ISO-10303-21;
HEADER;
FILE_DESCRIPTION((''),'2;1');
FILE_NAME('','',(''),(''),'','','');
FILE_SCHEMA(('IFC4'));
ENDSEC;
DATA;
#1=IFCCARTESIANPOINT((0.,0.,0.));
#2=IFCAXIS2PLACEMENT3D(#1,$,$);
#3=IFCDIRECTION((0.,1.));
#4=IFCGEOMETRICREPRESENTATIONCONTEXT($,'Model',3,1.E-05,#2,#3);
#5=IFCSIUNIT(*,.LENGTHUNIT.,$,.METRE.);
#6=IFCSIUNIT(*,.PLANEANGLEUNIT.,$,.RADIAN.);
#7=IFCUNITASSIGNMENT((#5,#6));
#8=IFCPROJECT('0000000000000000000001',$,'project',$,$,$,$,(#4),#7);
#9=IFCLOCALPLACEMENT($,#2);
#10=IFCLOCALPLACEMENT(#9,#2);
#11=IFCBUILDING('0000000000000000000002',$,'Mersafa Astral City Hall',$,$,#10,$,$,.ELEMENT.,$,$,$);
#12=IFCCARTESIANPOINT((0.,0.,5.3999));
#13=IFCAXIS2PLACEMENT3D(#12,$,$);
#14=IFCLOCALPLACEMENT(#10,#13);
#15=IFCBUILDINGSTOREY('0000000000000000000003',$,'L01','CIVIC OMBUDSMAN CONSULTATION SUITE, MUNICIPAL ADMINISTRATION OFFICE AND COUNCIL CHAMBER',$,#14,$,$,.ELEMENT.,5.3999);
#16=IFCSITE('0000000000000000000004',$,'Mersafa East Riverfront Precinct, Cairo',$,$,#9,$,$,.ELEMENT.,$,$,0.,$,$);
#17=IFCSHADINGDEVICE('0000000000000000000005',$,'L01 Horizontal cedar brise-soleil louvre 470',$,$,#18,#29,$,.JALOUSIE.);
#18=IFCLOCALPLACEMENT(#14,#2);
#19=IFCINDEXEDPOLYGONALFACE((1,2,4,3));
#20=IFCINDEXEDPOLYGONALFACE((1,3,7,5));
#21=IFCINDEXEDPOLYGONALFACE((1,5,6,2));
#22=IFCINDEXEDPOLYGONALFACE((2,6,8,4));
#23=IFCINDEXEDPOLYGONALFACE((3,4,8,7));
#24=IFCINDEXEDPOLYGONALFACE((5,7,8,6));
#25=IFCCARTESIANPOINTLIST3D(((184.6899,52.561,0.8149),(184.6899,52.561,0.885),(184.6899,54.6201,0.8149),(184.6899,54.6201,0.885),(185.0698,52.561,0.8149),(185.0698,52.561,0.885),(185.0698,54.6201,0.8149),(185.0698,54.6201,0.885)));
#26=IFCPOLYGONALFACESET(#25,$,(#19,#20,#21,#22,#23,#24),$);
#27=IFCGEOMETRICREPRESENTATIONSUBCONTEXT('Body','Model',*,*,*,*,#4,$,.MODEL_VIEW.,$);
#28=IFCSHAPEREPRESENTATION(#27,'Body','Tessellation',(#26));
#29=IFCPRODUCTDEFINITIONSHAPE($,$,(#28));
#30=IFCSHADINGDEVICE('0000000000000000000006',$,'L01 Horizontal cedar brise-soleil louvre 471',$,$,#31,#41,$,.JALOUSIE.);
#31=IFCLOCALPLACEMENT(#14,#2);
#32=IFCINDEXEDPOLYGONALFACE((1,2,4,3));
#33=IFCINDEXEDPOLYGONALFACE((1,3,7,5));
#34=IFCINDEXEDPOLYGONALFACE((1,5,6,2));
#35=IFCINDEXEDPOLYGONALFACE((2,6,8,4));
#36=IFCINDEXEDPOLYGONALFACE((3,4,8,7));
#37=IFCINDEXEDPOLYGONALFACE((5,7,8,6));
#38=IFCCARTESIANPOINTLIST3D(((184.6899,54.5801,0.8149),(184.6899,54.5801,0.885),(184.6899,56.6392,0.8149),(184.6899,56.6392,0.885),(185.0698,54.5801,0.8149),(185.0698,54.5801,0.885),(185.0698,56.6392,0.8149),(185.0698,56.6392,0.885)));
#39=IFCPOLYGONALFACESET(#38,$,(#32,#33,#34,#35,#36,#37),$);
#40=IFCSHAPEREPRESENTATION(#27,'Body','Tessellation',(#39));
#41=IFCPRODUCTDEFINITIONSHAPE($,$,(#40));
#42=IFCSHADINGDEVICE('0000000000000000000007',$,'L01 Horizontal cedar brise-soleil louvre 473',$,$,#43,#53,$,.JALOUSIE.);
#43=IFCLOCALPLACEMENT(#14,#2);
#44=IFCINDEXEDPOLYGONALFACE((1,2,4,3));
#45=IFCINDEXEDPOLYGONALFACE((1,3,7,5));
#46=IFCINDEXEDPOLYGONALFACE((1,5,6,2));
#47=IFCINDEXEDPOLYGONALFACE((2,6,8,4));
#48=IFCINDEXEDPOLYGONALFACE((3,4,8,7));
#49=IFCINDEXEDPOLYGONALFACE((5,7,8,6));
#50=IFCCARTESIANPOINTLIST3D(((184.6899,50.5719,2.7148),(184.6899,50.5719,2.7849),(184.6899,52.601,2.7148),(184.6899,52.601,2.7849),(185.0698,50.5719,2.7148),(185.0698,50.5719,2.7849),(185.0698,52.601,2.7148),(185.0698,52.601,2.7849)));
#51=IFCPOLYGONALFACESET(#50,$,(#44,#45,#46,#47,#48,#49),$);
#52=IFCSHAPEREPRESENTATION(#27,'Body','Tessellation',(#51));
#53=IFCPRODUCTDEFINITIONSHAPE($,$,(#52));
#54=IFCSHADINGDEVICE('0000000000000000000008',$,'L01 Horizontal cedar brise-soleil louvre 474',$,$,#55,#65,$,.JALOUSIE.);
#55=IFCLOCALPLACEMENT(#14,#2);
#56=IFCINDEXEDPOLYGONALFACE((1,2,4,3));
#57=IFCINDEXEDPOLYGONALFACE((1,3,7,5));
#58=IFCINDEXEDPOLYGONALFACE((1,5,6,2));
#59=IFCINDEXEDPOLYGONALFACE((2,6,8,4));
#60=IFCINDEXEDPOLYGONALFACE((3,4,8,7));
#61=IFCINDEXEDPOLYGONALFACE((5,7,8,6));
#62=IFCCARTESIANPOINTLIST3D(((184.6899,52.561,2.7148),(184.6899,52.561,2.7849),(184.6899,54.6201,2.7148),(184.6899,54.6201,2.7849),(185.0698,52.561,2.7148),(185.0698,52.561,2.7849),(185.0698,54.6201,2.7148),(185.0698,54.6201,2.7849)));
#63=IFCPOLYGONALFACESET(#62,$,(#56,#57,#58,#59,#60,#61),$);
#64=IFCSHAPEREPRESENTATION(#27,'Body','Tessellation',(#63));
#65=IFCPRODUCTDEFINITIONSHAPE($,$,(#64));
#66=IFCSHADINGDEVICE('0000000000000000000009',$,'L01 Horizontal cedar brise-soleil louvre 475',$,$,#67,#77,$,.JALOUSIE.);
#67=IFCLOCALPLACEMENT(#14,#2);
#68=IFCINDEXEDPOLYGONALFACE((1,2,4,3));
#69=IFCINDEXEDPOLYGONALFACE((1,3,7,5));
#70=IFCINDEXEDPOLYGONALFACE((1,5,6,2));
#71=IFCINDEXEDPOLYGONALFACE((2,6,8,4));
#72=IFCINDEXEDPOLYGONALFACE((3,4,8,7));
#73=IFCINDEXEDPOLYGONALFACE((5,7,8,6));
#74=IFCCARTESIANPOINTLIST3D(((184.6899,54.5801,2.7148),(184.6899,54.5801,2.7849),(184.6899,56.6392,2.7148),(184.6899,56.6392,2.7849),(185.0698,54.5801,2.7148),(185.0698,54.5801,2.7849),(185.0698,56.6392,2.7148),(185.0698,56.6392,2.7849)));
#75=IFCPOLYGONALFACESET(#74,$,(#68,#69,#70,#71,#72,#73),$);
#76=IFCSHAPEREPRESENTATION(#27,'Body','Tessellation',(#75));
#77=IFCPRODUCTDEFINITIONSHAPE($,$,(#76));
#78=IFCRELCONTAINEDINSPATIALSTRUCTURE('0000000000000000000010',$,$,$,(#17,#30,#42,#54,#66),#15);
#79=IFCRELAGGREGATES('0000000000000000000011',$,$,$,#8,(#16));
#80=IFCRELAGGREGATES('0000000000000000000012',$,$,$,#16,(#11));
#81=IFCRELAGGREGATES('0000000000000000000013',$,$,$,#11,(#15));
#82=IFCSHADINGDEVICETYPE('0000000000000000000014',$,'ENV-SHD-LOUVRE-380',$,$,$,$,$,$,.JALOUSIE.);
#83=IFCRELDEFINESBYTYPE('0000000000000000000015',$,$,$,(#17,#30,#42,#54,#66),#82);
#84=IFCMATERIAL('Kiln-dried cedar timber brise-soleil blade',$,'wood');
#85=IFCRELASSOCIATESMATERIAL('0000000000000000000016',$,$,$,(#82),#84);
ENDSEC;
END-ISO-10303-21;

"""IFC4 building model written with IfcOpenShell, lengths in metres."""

from ifc_helpers import new_model, si_unit, direction, frame, origin, origin_2d, place, context, subcontext, project, spatial, rectangle, extrude, material, type_object, element, save


model = new_model("IFC4")

# Units and contexts
model_context = context("Model", 3, precision=1e-05, world=origin(), true_north=direction((0.0, 1.0)))
body_context = subcontext(model_context, "Body", "Model", "MODEL_VIEW")
ifc_project = project(units=[si_unit("LENGTHUNIT", "METRE"), si_unit("PLANEANGLEUNIT", "RADIAN")], contexts=[model_context])

# Site, building, storey
site_placement = place(None, origin())
site = spatial("IfcSite", under=ifc_project, at=site_placement, Name="Mersafa East Riverfront Precinct, Cairo", CompositionType="ELEMENT", RefElevation=0.0)
building_placement = place(site_placement, origin())
building = spatial("IfcBuilding", under=site, at=building_placement, Name="Mersafa Astral City Hall", CompositionType="ELEMENT")
storey_placement = place(building_placement, frame((0.0, 0.0, 5.3999)))
storey = spatial("IfcBuildingStorey", under=building, at=storey_placement, Name="L01", Description="CIVIC OMBUDSMAN CONSULTATION SUITE, MUNICIPAL ADMINISTRATION OFFICE AND COUNCIL CHAMBER", CompositionType="ELEMENT", Elevation=5.3999)

# Shading devices
ifc_material_1 = material(Name="Kiln-dried cedar timber brise-soleil blade", Category="wood")
shading_device_type = type_object("IfcShadingDeviceType", Name="ENV-SHD-LOUVRE-380", PredefinedType="JALOUSIE", material=ifc_material_1)
for number, where, z_axis, x_axis, name in (
    (1, (184.8799, 53.5906, 0.8149), (0.0, 0.0, 1.0), (0.0, 1.0, 0.0), "L01 Horizontal cedar brise-soleil louvre 470"),
    (2, (184.8799, 55.6096, 0.8149), (0.0, 0.0, 1.0), (0.0, 1.0, 0.0), "L01 Horizontal cedar brise-soleil louvre 471"),
):
    element("IfcShadingDevice", number, at=place(storey_placement, frame(where, z_axis=z_axis, x_axis=x_axis)), inside=storey, type_object=shading_device_type, Name=name, PredefinedType="JALOUSIE", context=body_context, shape_type="SweptSolid", body=[
        extrude(rectangle(XDim=2.0591, YDim=0.3799, at=origin_2d()), origin(), (0.0, 0.0, 1.0), 0.0701),
    ])
shading_device_1_placement = place(storey_placement, frame((184.8799, 51.5864, 2.7148), z_axis=(0.0, 0.0, 1.0), x_axis=(0.0, 1.0, 0.0)))
element("IfcShadingDevice", 3, at=shading_device_1_placement, inside=storey, type_object=shading_device_type, Name="L01 Horizontal cedar brise-soleil louvre 473", PredefinedType="JALOUSIE", context=body_context, shape_type="SweptSolid", body=[
    extrude(rectangle(XDim=2.0291, YDim=0.3799, at=origin_2d()), origin(), (0.0, 0.0, 1.0), 0.0701),
])
for number, where, z_axis, x_axis, name in (
    (4, (184.8799, 53.5906, 2.7148), (0.0, 0.0, 1.0), (0.0, 1.0, 0.0), "L01 Horizontal cedar brise-soleil louvre 474"),
    (5, (184.8799, 55.6096, 2.7148), (0.0, 0.0, 1.0), (0.0, 1.0, 0.0), "L01 Horizontal cedar brise-soleil louvre 475"),
):
    element("IfcShadingDevice", number, at=place(storey_placement, frame(where, z_axis=z_axis, x_axis=x_axis)), inside=storey, type_object=shading_device_type, Name=name, PredefinedType="JALOUSIE", context=body_context, shape_type="SweptSolid", body=[
        extrude(rectangle(XDim=2.0591, YDim=0.3799, at=origin_2d()), origin(), (0.0, 0.0, 1.0), 0.0701),
    ])

save(model, "model.ifc")
